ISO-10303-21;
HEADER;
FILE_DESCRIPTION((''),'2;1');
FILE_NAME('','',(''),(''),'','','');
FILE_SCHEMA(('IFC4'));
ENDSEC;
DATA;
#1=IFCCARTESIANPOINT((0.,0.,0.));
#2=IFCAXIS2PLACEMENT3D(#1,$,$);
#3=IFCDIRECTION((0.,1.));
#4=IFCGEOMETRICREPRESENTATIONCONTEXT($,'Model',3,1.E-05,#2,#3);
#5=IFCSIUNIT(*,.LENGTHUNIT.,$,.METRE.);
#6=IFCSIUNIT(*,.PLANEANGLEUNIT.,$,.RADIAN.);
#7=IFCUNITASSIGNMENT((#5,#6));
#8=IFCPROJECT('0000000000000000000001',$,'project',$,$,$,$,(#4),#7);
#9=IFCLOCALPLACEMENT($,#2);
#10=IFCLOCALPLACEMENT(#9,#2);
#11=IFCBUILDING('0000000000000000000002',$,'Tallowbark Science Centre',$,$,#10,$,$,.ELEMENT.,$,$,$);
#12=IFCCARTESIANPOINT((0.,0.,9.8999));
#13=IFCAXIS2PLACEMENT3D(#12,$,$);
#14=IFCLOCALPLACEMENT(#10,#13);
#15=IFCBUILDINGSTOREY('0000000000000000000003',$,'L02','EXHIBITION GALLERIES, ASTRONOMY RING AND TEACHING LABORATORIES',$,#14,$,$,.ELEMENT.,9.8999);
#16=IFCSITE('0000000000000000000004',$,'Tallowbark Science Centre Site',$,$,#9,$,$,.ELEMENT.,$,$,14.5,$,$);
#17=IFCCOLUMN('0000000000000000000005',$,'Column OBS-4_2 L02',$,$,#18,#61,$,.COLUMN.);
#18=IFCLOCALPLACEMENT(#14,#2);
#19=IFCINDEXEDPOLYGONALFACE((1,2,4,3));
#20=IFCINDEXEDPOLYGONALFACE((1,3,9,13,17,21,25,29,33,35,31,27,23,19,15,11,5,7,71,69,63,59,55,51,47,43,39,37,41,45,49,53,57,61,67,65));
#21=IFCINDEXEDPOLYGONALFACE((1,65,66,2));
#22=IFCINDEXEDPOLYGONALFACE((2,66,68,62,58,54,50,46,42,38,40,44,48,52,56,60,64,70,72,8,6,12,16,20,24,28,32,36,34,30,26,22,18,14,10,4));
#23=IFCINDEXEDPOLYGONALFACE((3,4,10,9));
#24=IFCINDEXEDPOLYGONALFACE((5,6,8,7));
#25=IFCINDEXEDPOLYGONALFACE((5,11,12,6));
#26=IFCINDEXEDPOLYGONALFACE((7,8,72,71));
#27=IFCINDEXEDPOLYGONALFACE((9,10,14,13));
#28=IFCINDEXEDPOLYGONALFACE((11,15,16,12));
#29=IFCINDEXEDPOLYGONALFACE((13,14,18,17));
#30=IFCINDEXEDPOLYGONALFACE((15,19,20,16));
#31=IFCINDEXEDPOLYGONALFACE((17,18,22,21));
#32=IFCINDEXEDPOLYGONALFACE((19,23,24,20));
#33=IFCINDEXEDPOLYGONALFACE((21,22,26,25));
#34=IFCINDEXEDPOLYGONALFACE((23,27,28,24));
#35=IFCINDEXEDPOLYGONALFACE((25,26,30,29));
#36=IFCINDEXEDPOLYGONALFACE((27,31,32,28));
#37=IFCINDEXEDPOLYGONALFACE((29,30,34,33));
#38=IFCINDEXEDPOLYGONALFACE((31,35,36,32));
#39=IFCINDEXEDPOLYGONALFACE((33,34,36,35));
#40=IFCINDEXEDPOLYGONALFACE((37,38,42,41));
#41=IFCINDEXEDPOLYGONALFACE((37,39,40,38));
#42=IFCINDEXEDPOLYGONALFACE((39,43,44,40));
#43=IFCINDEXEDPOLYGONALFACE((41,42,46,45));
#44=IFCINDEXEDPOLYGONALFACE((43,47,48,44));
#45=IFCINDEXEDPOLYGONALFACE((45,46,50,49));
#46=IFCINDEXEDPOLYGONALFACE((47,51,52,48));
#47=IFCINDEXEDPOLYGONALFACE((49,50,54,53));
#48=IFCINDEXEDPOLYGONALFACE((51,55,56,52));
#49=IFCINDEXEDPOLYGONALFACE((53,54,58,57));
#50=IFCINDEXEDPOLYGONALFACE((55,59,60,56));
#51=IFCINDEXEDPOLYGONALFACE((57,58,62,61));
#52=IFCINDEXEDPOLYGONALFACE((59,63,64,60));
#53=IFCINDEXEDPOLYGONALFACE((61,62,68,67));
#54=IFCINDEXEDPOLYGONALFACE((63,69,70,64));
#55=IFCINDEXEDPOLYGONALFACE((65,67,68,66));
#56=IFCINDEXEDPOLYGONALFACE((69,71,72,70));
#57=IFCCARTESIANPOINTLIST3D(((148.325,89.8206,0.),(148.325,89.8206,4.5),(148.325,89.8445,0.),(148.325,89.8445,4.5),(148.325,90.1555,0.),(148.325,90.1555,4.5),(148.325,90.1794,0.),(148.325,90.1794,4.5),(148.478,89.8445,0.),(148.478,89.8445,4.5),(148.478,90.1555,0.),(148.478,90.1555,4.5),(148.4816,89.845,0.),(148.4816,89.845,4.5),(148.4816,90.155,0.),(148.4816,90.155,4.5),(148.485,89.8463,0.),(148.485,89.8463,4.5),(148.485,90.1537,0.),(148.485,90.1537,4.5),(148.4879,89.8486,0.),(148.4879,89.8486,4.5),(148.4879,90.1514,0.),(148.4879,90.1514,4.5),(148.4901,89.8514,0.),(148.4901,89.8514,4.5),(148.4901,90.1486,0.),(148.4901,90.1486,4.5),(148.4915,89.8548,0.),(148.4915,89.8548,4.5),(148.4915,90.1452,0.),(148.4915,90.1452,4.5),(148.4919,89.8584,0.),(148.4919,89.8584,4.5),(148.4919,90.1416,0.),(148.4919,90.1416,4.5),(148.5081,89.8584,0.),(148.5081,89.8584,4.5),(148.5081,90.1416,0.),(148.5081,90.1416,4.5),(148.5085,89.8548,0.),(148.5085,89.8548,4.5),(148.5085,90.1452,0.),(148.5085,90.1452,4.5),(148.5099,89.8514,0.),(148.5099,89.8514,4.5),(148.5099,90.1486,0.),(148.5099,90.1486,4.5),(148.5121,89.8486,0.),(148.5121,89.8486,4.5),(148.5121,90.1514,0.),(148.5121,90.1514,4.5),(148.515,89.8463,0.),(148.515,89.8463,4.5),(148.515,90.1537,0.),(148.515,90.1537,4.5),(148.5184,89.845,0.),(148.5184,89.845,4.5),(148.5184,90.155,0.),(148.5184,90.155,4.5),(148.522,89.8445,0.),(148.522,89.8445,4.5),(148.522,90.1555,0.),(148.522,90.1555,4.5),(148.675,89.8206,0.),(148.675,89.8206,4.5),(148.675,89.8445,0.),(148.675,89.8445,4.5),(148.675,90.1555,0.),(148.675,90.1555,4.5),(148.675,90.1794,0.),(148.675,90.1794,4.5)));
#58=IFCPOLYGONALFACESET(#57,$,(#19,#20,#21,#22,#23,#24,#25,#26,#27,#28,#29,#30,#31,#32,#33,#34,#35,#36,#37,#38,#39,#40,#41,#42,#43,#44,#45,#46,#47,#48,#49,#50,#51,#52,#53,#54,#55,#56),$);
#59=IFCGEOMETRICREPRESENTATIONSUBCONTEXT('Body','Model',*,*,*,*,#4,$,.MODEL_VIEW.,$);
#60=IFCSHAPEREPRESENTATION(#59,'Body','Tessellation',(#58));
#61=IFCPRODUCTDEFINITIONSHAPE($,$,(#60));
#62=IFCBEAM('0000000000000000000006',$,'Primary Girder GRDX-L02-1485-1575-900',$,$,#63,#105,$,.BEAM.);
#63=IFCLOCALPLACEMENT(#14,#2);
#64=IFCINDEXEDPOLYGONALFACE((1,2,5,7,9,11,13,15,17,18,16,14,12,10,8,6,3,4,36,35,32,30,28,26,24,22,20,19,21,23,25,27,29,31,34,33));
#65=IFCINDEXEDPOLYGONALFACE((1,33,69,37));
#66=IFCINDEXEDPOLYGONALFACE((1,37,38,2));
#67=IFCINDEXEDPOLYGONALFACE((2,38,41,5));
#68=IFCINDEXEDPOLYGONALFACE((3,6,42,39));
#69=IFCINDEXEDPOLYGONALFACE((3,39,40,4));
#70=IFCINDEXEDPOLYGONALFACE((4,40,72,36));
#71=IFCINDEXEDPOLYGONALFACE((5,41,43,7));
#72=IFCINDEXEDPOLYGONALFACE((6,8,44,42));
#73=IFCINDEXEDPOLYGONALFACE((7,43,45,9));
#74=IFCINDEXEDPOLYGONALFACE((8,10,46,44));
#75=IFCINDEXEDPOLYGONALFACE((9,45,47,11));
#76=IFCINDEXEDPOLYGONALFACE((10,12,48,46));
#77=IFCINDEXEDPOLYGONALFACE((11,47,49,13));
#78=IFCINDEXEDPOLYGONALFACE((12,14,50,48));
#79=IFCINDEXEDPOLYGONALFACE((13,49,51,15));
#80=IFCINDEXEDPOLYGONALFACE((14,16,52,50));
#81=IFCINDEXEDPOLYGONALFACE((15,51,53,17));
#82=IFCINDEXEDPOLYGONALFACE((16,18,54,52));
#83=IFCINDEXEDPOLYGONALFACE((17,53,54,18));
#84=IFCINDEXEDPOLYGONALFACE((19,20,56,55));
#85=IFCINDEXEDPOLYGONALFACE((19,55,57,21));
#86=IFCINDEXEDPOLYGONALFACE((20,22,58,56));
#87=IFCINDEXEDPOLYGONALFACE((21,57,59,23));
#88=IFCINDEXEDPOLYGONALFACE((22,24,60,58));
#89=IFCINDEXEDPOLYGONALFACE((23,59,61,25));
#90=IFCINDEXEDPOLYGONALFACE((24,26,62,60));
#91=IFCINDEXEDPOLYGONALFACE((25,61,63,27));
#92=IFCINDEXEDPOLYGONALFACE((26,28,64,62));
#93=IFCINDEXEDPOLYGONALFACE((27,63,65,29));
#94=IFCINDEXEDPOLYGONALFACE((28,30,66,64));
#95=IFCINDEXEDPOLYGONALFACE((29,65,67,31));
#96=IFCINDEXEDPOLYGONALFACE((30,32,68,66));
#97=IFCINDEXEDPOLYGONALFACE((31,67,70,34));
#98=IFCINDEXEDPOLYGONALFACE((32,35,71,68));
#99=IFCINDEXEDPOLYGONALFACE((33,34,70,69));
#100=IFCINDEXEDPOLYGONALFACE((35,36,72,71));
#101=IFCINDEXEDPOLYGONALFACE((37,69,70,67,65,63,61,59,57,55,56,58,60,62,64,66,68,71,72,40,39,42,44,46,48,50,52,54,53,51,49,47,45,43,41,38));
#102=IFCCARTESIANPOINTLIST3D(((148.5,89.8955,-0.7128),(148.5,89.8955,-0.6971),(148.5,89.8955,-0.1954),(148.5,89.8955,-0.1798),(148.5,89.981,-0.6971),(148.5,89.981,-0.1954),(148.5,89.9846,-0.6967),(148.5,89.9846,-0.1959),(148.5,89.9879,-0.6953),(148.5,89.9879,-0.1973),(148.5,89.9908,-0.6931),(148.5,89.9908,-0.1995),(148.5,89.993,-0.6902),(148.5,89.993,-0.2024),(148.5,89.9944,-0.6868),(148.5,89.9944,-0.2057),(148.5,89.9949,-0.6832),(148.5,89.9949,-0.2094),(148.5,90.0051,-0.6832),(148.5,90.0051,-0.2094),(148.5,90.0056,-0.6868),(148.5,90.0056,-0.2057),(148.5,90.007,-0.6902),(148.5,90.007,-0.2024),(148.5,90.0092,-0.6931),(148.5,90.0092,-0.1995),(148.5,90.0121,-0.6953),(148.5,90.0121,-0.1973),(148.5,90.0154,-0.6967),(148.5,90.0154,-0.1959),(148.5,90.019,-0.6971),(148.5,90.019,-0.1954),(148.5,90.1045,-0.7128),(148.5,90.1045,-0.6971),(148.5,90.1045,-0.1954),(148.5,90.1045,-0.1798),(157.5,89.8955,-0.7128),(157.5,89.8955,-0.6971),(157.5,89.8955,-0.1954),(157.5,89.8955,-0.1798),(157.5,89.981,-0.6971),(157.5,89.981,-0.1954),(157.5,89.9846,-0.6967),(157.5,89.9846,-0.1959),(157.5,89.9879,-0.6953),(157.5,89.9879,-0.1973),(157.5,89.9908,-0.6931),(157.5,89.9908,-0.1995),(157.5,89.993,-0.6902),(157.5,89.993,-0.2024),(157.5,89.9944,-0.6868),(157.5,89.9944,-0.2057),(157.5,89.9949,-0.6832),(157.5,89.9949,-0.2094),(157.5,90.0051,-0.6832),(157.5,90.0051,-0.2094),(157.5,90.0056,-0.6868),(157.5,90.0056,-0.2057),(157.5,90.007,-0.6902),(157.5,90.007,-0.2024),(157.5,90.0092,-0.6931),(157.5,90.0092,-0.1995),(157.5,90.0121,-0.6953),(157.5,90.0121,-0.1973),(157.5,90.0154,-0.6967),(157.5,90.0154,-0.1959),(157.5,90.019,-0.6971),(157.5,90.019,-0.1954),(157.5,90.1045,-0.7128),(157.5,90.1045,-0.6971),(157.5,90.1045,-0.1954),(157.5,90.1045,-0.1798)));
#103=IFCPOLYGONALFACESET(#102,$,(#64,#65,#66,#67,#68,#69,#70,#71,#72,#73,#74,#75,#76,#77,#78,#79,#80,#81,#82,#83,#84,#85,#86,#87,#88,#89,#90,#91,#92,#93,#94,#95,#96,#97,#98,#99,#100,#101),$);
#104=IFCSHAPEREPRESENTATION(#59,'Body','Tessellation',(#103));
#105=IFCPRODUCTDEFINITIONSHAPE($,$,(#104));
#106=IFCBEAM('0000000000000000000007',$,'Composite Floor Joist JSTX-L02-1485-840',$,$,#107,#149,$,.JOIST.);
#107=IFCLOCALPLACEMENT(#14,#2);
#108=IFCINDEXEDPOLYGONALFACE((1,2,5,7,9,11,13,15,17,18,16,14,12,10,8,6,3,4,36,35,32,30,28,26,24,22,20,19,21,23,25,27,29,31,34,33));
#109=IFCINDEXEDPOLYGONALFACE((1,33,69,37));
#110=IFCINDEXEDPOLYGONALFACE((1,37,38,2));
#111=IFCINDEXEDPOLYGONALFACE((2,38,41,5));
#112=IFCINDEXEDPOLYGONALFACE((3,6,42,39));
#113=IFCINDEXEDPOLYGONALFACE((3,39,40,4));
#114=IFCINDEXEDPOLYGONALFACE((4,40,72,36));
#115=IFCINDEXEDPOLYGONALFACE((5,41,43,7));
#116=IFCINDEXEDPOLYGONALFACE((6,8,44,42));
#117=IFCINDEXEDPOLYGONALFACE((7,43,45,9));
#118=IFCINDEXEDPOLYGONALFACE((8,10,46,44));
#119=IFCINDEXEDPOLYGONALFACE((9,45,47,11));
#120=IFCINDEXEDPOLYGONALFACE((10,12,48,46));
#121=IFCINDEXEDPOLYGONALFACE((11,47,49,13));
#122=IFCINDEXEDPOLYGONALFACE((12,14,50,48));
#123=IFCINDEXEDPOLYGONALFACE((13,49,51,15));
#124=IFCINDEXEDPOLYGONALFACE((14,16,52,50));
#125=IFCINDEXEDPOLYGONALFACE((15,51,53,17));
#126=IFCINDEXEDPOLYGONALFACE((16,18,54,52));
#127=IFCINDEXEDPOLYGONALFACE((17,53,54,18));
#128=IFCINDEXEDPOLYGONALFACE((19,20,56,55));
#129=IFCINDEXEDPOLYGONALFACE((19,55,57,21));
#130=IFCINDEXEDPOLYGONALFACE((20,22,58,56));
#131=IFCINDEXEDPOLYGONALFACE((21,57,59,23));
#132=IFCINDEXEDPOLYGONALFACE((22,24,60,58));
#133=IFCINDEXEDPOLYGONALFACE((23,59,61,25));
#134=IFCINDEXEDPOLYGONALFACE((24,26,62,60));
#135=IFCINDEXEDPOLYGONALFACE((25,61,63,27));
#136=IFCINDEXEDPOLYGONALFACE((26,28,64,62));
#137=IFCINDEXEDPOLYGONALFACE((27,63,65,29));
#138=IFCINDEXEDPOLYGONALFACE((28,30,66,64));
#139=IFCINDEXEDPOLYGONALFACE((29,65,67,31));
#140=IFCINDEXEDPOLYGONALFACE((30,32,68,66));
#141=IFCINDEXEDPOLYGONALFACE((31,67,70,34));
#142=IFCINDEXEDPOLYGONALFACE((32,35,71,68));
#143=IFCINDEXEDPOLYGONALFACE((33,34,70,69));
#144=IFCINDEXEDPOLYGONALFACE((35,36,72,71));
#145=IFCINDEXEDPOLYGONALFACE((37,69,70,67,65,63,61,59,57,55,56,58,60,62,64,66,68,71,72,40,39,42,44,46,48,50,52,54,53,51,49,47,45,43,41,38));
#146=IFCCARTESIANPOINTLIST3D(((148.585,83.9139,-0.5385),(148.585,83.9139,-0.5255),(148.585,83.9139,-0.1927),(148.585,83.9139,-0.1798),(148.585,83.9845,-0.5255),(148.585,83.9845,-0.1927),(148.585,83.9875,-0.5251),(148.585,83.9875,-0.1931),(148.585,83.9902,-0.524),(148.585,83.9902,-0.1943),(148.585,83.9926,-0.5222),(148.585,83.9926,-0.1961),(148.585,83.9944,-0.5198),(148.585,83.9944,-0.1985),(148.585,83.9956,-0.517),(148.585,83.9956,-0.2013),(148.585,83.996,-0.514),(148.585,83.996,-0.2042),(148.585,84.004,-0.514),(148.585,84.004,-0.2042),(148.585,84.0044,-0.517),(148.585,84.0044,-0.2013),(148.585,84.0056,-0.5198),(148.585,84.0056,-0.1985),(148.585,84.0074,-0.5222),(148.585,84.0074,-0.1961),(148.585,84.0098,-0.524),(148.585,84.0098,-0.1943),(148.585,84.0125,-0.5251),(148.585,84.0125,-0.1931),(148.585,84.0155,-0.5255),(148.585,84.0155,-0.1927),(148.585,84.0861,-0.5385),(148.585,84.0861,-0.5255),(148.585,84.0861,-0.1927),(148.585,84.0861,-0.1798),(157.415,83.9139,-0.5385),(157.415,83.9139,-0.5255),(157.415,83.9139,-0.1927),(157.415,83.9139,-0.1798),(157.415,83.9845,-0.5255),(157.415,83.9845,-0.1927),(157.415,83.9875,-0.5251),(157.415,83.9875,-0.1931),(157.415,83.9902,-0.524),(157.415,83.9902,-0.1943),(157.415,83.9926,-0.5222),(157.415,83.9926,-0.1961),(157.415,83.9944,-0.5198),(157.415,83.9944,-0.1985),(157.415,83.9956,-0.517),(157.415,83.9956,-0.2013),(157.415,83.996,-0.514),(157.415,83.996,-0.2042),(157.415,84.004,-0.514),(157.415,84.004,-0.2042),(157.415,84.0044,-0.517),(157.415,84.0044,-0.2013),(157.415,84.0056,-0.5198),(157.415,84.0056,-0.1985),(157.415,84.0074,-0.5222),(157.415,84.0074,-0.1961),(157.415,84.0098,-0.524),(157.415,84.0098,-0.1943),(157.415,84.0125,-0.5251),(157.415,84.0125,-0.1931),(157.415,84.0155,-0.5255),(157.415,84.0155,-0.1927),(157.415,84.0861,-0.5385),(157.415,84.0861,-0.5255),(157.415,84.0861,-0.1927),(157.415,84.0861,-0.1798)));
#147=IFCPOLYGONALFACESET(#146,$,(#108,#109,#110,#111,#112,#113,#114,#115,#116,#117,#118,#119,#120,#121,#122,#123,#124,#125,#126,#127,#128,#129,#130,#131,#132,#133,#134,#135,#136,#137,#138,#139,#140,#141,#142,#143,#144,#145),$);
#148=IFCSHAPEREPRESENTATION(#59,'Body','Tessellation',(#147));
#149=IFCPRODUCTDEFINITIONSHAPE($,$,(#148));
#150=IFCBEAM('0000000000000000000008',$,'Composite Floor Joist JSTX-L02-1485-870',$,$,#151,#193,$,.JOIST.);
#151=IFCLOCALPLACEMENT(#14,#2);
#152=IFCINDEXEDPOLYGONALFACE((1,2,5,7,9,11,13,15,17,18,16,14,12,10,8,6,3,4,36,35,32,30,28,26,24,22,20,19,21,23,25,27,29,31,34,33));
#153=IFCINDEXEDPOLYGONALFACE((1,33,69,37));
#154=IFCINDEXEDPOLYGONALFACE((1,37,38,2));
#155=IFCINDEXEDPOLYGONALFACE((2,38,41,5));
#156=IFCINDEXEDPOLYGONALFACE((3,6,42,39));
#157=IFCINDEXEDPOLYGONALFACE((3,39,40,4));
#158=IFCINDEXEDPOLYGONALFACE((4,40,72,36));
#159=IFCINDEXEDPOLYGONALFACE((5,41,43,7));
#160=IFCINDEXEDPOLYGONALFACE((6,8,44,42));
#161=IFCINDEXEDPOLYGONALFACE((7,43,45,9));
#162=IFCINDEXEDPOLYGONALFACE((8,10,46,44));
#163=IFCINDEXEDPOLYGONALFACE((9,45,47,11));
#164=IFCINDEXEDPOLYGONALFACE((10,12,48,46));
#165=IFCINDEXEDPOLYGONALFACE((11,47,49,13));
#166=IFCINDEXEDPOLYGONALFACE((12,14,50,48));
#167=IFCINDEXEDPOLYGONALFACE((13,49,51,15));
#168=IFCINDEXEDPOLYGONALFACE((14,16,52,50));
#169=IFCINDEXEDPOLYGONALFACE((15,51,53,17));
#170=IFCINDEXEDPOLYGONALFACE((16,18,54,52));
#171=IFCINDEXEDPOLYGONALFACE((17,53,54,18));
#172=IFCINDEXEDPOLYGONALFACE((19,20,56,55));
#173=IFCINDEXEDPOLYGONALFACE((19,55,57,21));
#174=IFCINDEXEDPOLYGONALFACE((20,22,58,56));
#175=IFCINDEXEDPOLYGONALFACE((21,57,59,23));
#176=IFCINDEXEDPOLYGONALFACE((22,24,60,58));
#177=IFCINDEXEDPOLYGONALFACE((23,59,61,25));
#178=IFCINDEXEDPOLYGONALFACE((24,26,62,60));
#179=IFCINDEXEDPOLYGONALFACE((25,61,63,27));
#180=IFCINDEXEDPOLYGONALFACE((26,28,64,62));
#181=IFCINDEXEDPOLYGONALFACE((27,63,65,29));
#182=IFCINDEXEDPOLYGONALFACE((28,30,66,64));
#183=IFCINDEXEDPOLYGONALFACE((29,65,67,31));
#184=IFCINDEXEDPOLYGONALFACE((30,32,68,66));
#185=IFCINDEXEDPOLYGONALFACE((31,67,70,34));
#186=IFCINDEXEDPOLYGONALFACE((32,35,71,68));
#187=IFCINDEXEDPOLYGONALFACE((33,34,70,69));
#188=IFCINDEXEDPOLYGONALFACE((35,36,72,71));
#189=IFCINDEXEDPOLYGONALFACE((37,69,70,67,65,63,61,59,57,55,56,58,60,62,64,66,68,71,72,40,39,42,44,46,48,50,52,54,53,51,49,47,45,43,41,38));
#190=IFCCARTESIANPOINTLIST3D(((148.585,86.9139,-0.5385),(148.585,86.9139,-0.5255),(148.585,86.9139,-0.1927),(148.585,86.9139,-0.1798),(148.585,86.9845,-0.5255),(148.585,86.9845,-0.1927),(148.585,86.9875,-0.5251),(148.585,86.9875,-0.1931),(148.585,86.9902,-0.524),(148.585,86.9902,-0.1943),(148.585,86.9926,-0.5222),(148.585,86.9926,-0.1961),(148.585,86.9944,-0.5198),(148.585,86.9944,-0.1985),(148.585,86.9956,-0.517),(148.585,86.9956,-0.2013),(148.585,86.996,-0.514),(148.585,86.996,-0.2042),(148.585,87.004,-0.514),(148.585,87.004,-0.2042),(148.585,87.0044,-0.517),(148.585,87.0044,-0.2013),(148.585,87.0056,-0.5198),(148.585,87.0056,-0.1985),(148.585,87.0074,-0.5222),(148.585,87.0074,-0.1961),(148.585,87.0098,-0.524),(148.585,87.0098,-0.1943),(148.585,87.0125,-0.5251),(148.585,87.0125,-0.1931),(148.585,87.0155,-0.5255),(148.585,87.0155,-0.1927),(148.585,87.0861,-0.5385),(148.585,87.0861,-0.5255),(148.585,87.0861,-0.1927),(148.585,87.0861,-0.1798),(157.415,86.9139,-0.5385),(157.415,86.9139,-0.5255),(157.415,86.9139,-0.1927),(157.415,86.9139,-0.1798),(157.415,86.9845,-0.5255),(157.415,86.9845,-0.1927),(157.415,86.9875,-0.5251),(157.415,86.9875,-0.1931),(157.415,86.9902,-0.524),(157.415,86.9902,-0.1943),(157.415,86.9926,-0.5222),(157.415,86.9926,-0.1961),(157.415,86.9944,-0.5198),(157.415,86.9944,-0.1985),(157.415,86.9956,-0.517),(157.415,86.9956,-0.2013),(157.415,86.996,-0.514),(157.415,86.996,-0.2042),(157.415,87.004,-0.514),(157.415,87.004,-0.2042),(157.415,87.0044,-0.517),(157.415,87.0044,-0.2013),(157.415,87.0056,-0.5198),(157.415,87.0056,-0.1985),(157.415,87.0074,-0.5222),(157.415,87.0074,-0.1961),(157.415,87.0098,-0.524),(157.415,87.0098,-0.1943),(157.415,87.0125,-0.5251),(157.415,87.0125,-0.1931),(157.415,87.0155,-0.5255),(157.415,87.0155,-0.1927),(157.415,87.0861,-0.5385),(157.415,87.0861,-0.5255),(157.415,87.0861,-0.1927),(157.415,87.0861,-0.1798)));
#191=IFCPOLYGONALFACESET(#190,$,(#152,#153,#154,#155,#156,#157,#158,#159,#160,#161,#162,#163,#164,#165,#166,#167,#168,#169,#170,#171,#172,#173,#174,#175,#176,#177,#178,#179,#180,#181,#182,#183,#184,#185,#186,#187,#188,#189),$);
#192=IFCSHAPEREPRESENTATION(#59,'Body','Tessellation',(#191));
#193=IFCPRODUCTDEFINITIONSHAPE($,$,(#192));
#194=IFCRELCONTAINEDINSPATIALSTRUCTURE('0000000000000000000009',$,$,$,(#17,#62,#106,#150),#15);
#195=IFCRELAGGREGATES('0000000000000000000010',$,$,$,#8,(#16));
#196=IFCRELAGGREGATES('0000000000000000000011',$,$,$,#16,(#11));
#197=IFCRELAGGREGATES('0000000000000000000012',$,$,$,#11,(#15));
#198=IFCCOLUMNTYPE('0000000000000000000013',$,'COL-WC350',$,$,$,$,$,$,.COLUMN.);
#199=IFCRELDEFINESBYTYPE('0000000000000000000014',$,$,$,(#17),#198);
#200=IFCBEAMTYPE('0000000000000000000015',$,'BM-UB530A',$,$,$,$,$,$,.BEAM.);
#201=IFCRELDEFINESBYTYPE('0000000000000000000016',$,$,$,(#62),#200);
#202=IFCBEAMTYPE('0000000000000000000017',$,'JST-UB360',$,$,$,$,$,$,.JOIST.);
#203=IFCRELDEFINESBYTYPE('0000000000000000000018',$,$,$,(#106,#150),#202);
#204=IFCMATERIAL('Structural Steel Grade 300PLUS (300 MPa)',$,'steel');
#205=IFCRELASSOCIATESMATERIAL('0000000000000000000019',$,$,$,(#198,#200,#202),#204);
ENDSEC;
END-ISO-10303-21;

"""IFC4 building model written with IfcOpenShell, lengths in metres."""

from ifc_helpers import new_model, si_unit, direction, frame, origin, origin_2d, place, context, subcontext, project, spatial, i_section, extrude, material, material_profile, profile_set, type_object, element, save


model = new_model("IFC4")

# Units and contexts
model_context = context("Model", 3, precision=1e-05, world=origin(), true_north=direction((0.0, 1.0)))
body_context = subcontext(model_context, "Body", "Model", "MODEL_VIEW")
ifc_project = project(units=[si_unit("LENGTHUNIT", "METRE"), si_unit("PLANEANGLEUNIT", "RADIAN")], contexts=[model_context])

# Site, building, storey
site_placement = place(None, origin())
site = spatial("IfcSite", under=ifc_project, at=site_placement, Name="Tallowbark Science Centre Site", CompositionType="ELEMENT", RefElevation=14.5)
building_placement = place(site_placement, origin())
building = spatial("IfcBuilding", under=site, at=building_placement, Name="Tallowbark Science Centre", CompositionType="ELEMENT")
storey_placement = place(building_placement, frame((0.0, 0.0, 9.8999)))
storey = spatial("IfcBuildingStorey", under=building, at=storey_placement, Name="L02", Description="EXHIBITION GALLERIES, ASTRONOMY RING AND TEACHING LABORATORIES", CompositionType="ELEMENT", Elevation=9.8999)

# Column
ifc_material_1 = material(Name="Structural Steel Grade 300PLUS (300 MPa)", Category="steel")
ifc_material_profile_1 = material_profile(ifc_material_1, i_section(OverallWidth=0.3501, OverallDepth=0.3589, WebThickness=0.0161, FlangeThickness=0.0239, FilletRadius=0.0139, at=origin_2d()), Name="350WC197")
ifc_profile_set_1 = profile_set([ifc_material_profile_1], Name="Structural Steel Grade 300PLUS (300 MPa)")
column_type = type_object("IfcColumnType", Name="COL-WC350", PredefinedType="COLUMN", material=ifc_profile_set_1)
column_placement = place(storey_placement, frame((148.5, 90.0, 0.0), z_axis=(0.0, 0.0, 1.0), x_axis=(1.0, 0.0, 0.0)))
element("IfcColumn", 1, at=column_placement, inside=storey, type_object=column_type, Name="Column OBS-4_2 L02", PredefinedType="COLUMN", context=body_context, shape_type="SweptSolid", body=[
    extrude(i_section(OverallWidth=0.3501, OverallDepth=0.3589, WebThickness=0.0161, FlangeThickness=0.0239, FilletRadius=0.0139, at=origin_2d()), origin(), (0.0, 0.0, 1.0), 4.5),
])

# Beams
ifc_material_profile_2 = material_profile(ifc_material_1, i_section(OverallWidth=0.209, OverallDepth=0.533, WebThickness=0.0103, FlangeThickness=0.0156, FilletRadius=0.0139, at=origin_2d()), Name="530UB92.4")
ifc_profile_set_2 = profile_set([ifc_material_profile_2], Name="Structural Steel Grade 300PLUS (300 MPa)")
beam_type_1 = type_object("IfcBeamType", Name="BM-UB530A", PredefinedType="BEAM", material=ifc_profile_set_2)
beam_1_placement = place(storey_placement, frame((148.5, 90.0, -0.4463), z_axis=(1.0, 0.0, 0.0), x_axis=(0.0, 1.0, 0.0)))
element("IfcBeam", 2, at=beam_1_placement, inside=storey, type_object=beam_type_1, Name="Primary Girder GRDX-L02-1485-1575-900", PredefinedType="BEAM", context=body_context, shape_type="SweptSolid", body=[
    extrude(i_section(OverallWidth=0.209, OverallDepth=0.533, WebThickness=0.0103, FlangeThickness=0.0156, FilletRadius=0.0139, at=origin_2d()), origin(), (0.0, 0.0, 1.0), 9.0),
])
ifc_material_profile_3 = material_profile(ifc_material_1, i_section(OverallWidth=0.1721, OverallDepth=0.3586, WebThickness=0.0081, FlangeThickness=0.0129, FilletRadius=0.0115, at=origin_2d()), Name="360UB56.7")
ifc_profile_set_3 = profile_set([ifc_material_profile_3], Name="Structural Steel Grade 300PLUS (300 MPa)")
beam_type_2 = type_object("IfcBeamType", Name="JST-UB360", PredefinedType="JOIST", material=ifc_profile_set_3)
for number, where, z_axis, x_axis, name in (
    (3, (148.585, 84.0, -0.3591), (1.0, 0.0, 0.0), (0.0, 1.0, 0.0), "Composite Floor Joist JSTX-L02-1485-840"),
    (4, (148.585, 87.0, -0.3591), (1.0, 0.0, 0.0), (0.0, 1.0, 0.0), "Composite Floor Joist JSTX-L02-1485-870"),
):
    element("IfcBeam", number, at=place(storey_placement, frame(where, z_axis=z_axis, x_axis=x_axis)), inside=storey, type_object=beam_type_2, Name=name, PredefinedType="JOIST", context=body_context, shape_type="SweptSolid", body=[
        extrude(i_section(OverallWidth=0.1721, OverallDepth=0.3586, WebThickness=0.0081, FlangeThickness=0.0129, FilletRadius=0.0115, at=origin_2d()), origin(), (0.0, 0.0, 1.0), 8.8301),
    ])

save(model, "model.ifc")
